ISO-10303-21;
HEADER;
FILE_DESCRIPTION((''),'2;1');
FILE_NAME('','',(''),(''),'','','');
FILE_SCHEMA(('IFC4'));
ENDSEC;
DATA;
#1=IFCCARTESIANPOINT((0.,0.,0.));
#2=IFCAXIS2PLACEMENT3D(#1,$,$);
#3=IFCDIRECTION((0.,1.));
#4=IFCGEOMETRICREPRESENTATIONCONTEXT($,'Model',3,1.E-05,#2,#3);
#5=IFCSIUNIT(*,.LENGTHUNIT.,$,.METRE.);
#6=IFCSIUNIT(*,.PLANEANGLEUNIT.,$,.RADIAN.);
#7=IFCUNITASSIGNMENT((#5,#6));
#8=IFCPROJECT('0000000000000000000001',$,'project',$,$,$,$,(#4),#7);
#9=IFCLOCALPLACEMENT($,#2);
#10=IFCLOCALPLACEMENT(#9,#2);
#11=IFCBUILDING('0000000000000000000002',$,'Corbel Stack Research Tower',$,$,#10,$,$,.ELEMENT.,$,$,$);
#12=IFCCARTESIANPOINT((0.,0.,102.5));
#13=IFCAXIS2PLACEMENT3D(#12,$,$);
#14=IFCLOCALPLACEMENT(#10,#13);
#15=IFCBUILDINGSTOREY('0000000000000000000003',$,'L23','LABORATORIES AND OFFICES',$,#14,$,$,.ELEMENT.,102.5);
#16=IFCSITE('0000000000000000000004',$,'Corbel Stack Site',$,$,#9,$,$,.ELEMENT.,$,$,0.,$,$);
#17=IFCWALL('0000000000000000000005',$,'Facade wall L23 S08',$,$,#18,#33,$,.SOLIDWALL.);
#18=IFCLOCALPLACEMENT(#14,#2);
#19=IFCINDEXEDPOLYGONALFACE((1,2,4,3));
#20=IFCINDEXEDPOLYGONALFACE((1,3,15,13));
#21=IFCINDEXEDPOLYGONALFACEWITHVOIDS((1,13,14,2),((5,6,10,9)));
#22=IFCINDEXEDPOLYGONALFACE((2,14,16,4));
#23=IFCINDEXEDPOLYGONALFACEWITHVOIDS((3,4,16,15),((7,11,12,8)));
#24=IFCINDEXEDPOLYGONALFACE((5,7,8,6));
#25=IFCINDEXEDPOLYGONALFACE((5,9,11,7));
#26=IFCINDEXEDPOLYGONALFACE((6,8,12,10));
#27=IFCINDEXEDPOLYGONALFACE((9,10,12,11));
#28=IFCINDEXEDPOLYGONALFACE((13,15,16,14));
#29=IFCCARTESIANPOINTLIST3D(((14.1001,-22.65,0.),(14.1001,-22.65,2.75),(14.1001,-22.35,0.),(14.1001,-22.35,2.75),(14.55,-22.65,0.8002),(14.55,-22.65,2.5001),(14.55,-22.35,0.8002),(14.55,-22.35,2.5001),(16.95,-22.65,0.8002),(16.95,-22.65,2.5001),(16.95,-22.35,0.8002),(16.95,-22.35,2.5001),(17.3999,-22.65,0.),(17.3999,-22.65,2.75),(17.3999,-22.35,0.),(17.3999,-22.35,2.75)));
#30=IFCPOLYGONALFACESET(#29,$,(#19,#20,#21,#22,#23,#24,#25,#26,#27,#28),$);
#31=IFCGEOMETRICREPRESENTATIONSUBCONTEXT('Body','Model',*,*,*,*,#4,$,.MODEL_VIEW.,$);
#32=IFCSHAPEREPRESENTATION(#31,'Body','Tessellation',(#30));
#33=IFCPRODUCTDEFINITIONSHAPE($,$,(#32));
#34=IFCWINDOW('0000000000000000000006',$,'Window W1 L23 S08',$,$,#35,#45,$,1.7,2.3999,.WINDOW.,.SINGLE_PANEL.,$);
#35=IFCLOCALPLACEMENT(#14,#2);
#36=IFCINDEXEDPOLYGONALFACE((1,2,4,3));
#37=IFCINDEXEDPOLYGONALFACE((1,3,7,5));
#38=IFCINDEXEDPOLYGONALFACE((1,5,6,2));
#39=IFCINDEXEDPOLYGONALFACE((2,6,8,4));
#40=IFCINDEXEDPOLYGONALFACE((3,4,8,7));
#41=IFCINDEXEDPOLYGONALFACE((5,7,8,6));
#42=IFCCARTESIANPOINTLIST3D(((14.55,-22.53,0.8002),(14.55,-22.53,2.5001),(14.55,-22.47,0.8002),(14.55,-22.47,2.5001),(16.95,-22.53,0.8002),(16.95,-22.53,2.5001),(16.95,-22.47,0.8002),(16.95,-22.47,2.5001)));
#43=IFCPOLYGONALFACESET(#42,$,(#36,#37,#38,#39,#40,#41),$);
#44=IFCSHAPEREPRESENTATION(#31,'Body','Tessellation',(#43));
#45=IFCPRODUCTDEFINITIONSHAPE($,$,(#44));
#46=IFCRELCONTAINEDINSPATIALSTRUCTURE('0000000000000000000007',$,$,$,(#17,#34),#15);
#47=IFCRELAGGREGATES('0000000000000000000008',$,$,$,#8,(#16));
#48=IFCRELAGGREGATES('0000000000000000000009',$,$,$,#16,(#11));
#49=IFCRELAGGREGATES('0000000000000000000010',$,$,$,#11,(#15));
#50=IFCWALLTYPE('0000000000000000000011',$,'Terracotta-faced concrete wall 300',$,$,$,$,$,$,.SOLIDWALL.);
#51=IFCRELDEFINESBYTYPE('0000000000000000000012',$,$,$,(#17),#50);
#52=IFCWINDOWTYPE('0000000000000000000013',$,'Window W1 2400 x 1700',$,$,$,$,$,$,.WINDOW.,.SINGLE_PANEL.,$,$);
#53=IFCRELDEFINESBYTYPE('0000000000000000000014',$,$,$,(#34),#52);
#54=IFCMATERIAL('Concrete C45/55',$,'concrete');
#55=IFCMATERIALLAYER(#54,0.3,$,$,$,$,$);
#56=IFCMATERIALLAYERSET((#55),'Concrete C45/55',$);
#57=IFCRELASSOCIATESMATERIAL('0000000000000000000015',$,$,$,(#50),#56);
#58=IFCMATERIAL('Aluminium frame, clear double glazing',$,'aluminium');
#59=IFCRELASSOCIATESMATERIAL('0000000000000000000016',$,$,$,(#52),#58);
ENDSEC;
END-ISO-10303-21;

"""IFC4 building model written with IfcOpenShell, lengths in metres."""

from ifc_helpers import new_model, si_unit, direction, frame, frame_2d, origin, place, context, subcontext, project, spatial, rectangle, extrude, material, layer, layer_set, type_object, element, fill, save


model = new_model("IFC4")

# Units and contexts
model_context = context("Model", 3, precision=1e-05, world=origin(), true_north=direction((0.0, 1.0)))
body_context = subcontext(model_context, "Body", "Model", "MODEL_VIEW")
ifc_project = project(units=[si_unit("LENGTHUNIT", "METRE"), si_unit("PLANEANGLEUNIT", "RADIAN")], contexts=[model_context])

# Site, building, storey
site_placement = place(None, origin())
site = spatial("IfcSite", under=ifc_project, at=site_placement, Name="Corbel Stack Site", CompositionType="ELEMENT", RefElevation=0.0)
building_placement = place(site_placement, origin())
building = spatial("IfcBuilding", under=site, at=building_placement, Name="Corbel Stack Research Tower", CompositionType="ELEMENT")
storey_placement = place(building_placement, frame((0.0, 0.0, 102.5)))
storey = spatial("IfcBuildingStorey", under=building, at=storey_placement, Name="L23", Description="LABORATORIES AND OFFICES", CompositionType="ELEMENT", Elevation=102.5)

# Wall, opening, window
ifc_material_1 = material(Name="Concrete C45/55", Category="concrete")
ifc_layer_1 = layer(ifc_material_1, 0.3)
ifc_layer_set_1 = layer_set([ifc_layer_1], Name="Concrete C45/55")
wall_type_1 = type_object("IfcWallType", Name="Terracotta-faced concrete wall 300", PredefinedType="SOLIDWALL", material=ifc_layer_set_1)
ifc_material_2 = material(Name="Aluminium frame, clear double glazing", Category="aluminium")
window_type = type_object("IfcWindowType", Name="Window W1 2400 x 1700", PartitioningType="SINGLE_PANEL", PredefinedType="WINDOW", material=ifc_material_2)
wall_1_placement = place(storey_placement, frame((17.3999, -22.5, 0.0), z_axis=(0.0, 0.0, 1.0), x_axis=(-1.0, 0.0, 0.0)))
wall_1 = element("IfcWall", 1, at=wall_1_placement, inside=storey, type_object=wall_type_1, Name="Facade wall L23 S08", PredefinedType="SOLIDWALL", context=body_context, shape_type="SweptSolid", body=[
    extrude(rectangle(XDim=3.2998, YDim=0.3, at=frame_2d((1.6499, 0.0))), origin(), (0.0, 0.0, 1.0), 2.75),
])
opening_1_placement = place(wall_1_placement, frame((0.45, 0.0, 0.8)))
opening_1 = element("IfcOpeningElement", 2, at=opening_1_placement, cuts=wall_1, PredefinedType="OPENING", context=body_context, shape_type="SweptSolid", body=[
    extrude(rectangle(XDim=2.3999, YDim=1.7, at=frame_2d((1.2, 0.8501))), frame((0.0, 0.1599, 0.0), z_axis=(0.0, -1.0, 0.0), x_axis=(1.0, 0.0, 0.0)), (0.0, 0.0, 1.0), 0.3201),
])
window_1_placement = place(opening_1_placement, origin())
window_1 = element("IfcWindow", 3, at=window_1_placement, inside=storey, type_object=window_type, Name="Window W1 L23 S08", OverallHeight=1.7, OverallWidth=2.3999, PartitioningType="SINGLE_PANEL", PredefinedType="WINDOW", context=body_context, shape_type="SweptSolid", body=[
    extrude(rectangle(XDim=2.3999, YDim=1.7, at=frame_2d((1.2, 0.8501))), frame((0.0, 0.03, 0.0), z_axis=(0.0, -1.0, 0.0), x_axis=(1.0, 0.0, 0.0)), (0.0, 0.0, 1.0), 0.0601),
])
fill(opening_1, window_1)

save(model, "model.ifc")
